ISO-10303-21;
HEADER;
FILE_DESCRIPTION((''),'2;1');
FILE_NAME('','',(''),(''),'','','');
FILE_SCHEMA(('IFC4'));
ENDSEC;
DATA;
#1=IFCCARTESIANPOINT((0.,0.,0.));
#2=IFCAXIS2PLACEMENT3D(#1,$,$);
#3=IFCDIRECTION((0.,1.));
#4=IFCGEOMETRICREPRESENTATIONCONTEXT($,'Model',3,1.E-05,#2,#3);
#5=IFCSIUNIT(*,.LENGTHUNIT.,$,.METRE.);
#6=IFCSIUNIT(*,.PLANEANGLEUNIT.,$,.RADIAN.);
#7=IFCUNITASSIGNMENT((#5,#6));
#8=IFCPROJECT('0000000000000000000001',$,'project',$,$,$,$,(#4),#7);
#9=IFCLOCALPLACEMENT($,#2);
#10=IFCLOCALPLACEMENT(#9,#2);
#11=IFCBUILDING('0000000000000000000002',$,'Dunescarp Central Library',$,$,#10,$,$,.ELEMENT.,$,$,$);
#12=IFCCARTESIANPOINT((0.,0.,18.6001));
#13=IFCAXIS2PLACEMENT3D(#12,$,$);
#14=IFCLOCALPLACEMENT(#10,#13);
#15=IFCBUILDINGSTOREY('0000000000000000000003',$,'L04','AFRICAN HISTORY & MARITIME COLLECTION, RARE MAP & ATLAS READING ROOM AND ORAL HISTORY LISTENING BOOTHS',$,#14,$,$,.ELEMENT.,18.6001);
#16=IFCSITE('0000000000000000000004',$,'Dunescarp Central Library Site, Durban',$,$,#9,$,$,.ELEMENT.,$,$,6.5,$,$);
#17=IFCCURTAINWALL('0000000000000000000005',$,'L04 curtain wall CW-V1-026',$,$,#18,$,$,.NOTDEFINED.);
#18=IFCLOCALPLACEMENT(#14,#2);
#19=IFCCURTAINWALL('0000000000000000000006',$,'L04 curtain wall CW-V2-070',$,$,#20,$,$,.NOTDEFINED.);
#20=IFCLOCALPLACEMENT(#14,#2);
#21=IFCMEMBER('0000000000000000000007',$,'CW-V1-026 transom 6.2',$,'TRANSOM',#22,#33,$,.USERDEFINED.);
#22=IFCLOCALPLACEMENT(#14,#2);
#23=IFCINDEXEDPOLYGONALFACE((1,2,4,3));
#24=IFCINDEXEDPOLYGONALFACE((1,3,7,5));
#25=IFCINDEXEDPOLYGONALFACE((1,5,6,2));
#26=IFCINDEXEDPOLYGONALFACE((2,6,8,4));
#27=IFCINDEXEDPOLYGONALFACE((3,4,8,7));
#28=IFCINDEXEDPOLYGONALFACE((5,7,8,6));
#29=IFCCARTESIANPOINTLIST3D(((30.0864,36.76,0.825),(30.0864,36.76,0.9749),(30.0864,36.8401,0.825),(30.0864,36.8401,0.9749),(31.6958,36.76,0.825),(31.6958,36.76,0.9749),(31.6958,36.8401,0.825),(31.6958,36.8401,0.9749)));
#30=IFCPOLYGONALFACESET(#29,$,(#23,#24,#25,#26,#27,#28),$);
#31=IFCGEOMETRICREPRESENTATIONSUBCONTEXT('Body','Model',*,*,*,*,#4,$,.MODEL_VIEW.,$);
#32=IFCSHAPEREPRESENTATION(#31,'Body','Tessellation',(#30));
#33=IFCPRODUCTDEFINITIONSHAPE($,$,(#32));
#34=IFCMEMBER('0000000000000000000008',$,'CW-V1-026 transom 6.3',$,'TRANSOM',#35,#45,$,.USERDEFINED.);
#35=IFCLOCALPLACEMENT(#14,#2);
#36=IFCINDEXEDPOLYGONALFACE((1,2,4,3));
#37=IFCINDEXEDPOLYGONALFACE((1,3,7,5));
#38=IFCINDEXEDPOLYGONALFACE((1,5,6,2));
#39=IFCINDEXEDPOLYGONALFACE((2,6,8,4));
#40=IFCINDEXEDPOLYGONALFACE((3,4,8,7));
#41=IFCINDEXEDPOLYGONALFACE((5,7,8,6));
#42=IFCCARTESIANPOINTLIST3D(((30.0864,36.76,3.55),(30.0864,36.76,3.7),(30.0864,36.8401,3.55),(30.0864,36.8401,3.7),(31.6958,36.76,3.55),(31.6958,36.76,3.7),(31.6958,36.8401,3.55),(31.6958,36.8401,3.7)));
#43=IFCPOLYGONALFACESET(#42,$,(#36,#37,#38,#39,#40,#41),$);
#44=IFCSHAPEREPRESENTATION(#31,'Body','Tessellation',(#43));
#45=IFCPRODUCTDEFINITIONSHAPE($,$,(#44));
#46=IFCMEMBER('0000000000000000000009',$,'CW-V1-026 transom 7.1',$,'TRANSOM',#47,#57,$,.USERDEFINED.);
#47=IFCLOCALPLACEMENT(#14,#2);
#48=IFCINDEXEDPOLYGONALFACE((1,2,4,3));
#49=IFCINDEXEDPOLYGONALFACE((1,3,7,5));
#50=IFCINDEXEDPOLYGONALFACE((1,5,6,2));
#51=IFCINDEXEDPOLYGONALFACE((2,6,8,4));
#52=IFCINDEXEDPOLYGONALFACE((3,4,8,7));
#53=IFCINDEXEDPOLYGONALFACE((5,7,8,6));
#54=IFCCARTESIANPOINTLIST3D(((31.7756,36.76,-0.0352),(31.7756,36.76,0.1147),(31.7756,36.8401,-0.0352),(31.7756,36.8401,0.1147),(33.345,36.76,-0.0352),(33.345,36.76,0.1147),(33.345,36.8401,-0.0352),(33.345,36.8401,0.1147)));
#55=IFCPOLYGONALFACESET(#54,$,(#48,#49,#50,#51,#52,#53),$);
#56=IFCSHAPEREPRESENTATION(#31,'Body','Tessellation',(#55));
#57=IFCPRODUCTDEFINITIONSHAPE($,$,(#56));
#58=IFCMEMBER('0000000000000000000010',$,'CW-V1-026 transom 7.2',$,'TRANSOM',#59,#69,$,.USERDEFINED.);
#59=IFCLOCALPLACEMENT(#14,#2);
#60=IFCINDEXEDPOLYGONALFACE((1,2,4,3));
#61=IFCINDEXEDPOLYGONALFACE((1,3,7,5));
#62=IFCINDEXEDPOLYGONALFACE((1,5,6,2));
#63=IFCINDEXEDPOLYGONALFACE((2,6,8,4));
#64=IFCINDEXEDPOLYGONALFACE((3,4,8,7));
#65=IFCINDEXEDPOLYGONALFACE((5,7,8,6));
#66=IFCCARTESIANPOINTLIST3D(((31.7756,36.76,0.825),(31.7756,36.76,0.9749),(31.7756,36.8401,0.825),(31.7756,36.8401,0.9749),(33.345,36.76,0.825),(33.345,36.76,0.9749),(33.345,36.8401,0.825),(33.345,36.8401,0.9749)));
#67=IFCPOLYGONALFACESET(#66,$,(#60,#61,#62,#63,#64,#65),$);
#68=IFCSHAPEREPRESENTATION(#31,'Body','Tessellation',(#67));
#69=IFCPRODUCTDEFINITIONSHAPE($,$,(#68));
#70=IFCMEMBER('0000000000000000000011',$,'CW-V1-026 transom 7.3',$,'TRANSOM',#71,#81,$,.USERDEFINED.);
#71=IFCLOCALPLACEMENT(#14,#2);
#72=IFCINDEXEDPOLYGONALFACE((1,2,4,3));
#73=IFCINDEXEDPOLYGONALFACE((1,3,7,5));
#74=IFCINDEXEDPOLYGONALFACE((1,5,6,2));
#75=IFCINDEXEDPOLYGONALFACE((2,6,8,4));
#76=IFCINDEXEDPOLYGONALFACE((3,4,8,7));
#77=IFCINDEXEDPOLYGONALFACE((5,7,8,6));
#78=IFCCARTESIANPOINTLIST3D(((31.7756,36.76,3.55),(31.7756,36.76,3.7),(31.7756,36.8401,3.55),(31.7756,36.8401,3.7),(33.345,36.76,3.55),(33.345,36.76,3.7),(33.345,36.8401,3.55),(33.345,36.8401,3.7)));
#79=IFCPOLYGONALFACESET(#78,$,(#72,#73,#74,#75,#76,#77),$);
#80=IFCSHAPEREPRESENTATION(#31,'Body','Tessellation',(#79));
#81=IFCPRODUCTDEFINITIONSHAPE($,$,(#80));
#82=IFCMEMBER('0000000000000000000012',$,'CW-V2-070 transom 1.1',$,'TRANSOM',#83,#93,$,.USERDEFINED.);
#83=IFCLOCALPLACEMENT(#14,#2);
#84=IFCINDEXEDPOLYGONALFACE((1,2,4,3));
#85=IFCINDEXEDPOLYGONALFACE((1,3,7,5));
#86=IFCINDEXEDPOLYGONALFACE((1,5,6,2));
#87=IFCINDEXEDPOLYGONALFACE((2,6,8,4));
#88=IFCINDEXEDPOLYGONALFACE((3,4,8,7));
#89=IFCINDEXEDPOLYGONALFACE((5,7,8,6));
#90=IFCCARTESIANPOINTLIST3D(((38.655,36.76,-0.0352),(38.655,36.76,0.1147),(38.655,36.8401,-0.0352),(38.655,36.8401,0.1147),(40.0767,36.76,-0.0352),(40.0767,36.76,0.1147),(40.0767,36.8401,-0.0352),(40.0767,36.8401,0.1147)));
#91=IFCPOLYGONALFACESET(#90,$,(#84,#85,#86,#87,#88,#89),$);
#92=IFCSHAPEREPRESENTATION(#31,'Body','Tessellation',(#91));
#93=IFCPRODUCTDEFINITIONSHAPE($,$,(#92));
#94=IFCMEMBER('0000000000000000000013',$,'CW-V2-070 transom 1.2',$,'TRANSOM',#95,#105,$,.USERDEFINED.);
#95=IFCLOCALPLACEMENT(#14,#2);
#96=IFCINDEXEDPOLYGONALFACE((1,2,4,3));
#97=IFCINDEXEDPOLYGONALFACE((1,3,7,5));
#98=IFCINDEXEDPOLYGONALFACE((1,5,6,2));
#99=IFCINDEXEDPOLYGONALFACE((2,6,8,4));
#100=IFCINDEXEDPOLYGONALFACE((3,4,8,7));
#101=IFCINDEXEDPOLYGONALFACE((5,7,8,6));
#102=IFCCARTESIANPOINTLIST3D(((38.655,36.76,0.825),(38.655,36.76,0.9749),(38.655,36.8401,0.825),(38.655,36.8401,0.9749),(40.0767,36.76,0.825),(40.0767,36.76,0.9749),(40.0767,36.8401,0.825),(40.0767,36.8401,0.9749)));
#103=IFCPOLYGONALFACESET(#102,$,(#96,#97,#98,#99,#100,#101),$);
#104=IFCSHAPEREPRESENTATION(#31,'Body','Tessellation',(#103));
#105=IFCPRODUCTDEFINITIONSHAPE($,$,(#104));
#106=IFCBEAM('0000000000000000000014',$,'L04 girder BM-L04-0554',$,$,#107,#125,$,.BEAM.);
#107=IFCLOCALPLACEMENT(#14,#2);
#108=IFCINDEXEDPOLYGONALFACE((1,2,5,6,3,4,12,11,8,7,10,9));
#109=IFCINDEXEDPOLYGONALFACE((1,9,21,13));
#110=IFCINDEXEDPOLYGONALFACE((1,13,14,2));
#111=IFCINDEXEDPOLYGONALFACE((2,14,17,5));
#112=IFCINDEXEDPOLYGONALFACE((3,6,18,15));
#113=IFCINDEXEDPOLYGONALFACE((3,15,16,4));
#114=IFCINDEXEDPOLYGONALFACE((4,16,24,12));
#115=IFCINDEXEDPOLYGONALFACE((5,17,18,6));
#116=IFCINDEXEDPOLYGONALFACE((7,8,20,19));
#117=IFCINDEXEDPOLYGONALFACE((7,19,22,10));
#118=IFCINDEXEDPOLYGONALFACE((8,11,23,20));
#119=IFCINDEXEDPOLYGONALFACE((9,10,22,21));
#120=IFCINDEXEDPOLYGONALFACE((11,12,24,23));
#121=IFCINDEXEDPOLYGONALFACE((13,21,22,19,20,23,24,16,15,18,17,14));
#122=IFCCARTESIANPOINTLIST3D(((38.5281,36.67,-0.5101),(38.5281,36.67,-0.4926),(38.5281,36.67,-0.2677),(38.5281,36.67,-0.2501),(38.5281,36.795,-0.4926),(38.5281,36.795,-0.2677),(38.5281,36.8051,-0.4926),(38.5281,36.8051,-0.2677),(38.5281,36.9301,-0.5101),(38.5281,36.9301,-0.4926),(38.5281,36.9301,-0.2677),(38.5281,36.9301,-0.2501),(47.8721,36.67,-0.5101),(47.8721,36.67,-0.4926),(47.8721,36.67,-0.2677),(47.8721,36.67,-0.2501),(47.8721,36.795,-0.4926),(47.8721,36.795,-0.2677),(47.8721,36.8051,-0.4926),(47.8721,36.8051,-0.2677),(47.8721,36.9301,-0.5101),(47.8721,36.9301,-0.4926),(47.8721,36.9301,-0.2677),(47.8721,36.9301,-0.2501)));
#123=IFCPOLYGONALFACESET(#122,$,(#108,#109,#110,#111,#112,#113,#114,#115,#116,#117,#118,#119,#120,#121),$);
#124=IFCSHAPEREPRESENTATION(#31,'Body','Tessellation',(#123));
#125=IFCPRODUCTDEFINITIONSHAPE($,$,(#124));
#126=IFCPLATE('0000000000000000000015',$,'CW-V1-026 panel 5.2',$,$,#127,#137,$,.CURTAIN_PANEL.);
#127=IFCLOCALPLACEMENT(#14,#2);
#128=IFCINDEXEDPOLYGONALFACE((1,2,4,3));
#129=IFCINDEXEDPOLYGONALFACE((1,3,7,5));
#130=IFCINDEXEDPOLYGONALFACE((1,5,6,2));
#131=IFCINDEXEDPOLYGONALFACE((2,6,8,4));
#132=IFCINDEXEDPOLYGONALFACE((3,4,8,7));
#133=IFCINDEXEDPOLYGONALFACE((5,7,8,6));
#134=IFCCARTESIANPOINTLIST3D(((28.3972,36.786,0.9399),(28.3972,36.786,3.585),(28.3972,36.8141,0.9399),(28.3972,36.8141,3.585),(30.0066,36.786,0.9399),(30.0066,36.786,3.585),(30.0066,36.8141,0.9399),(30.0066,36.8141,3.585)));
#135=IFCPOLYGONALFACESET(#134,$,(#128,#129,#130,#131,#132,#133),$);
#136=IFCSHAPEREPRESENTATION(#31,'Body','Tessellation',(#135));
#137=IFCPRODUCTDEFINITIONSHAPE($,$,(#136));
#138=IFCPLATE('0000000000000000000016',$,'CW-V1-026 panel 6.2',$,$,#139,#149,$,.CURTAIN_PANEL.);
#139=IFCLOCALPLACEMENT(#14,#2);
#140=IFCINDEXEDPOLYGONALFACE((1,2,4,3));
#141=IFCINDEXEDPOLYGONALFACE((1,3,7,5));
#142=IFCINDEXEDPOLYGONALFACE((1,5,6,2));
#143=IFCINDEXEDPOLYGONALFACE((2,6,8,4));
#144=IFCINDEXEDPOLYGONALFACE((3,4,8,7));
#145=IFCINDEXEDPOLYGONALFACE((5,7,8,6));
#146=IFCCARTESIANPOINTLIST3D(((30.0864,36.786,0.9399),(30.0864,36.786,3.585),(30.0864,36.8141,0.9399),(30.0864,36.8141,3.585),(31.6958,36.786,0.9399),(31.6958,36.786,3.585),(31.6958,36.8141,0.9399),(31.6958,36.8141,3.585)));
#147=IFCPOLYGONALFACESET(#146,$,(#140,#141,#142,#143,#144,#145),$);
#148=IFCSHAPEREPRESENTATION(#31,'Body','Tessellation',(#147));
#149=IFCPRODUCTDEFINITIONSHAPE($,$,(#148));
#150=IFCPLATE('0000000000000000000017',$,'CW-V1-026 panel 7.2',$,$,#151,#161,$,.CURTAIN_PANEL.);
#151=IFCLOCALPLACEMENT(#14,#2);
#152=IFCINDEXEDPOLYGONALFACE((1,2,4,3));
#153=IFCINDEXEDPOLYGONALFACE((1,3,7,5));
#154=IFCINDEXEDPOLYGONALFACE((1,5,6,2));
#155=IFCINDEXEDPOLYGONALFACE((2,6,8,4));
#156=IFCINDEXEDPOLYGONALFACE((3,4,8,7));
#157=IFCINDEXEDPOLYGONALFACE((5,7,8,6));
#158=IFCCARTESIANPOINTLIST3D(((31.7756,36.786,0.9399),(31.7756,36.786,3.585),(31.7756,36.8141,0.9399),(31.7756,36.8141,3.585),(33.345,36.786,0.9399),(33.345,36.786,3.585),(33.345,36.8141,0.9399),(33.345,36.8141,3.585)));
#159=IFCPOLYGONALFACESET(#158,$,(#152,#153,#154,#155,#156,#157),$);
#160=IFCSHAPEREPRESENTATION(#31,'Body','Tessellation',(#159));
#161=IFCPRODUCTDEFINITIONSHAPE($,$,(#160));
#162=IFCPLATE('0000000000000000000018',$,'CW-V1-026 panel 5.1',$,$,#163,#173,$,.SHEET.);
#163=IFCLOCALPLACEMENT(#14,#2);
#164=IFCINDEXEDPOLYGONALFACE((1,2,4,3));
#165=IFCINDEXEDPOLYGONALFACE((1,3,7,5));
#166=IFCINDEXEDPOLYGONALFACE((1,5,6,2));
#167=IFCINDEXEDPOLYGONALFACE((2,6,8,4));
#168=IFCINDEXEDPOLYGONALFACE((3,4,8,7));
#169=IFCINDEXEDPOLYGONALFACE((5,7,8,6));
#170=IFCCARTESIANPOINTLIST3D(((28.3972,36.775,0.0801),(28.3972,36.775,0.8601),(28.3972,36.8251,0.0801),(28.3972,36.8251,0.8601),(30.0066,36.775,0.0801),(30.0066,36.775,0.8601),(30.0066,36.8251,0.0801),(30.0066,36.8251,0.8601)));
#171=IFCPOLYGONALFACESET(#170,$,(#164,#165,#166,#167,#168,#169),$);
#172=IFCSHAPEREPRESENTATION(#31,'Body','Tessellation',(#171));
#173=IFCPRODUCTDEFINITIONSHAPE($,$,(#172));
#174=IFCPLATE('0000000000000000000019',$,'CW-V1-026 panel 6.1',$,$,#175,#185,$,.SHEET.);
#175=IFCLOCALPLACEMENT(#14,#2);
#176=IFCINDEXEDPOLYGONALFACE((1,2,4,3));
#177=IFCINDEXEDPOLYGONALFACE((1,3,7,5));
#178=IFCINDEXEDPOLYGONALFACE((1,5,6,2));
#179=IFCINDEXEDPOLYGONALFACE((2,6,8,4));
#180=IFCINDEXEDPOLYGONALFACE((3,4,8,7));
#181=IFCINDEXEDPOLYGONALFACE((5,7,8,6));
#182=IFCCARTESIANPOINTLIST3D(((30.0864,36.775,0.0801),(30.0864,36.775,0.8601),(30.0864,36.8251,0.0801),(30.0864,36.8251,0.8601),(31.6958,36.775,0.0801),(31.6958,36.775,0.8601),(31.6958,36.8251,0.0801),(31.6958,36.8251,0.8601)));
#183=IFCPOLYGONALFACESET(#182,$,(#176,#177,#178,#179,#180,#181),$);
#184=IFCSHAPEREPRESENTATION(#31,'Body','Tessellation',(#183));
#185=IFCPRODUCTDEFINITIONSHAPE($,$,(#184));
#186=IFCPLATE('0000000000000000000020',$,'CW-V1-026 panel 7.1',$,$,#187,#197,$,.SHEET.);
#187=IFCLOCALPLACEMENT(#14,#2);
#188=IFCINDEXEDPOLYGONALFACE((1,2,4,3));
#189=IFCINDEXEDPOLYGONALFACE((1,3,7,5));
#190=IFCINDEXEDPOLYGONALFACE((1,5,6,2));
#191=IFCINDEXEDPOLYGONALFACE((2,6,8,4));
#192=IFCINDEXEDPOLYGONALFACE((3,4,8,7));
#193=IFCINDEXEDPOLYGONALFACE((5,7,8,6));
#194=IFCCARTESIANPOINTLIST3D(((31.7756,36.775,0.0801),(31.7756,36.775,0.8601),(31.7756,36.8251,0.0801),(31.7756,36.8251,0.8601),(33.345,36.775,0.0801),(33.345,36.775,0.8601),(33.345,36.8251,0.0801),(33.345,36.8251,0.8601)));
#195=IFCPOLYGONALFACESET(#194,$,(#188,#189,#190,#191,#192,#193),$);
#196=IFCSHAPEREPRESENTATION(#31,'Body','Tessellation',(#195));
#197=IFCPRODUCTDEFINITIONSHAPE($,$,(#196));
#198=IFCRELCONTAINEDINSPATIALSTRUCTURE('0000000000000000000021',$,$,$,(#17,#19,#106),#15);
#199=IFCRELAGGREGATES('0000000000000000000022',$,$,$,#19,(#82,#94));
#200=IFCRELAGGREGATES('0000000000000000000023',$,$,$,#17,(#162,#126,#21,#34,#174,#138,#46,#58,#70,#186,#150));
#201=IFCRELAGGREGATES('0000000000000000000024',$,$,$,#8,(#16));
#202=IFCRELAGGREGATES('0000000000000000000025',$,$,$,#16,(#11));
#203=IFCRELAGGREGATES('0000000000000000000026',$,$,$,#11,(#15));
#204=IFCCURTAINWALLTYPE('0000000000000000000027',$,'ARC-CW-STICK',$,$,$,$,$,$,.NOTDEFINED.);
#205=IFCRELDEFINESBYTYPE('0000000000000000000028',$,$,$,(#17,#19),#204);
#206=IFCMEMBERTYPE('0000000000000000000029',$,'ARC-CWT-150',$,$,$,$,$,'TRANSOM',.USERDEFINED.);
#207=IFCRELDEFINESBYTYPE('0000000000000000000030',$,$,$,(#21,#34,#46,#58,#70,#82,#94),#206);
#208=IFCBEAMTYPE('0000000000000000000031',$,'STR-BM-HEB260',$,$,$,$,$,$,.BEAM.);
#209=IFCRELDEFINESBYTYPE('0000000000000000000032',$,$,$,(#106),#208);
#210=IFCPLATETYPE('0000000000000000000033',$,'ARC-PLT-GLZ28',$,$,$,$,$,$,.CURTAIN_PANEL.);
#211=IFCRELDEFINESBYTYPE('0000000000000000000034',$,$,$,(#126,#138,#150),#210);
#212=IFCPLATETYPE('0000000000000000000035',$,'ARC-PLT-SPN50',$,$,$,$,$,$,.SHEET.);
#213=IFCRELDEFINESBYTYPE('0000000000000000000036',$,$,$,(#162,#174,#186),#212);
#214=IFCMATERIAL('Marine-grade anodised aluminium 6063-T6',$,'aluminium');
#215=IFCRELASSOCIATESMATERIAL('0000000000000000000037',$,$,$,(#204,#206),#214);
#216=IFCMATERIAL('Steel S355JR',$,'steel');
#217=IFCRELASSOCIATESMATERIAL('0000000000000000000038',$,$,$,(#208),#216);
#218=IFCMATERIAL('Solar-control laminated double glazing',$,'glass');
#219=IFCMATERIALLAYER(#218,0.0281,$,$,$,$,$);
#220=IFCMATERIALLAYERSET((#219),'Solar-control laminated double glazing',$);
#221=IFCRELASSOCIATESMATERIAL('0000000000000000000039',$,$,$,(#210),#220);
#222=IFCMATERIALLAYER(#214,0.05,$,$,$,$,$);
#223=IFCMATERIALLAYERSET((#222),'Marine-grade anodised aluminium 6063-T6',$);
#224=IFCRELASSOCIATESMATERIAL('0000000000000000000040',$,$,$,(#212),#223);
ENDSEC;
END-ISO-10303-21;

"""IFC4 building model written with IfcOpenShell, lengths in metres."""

from ifc_helpers import new_model, si_unit, direction, frame, origin, origin_2d, place, context, subcontext, project, spatial, rectangle, i_section, extrude, material, layer, layer_set, material_profile, profile_set, type_object, element, aggregate, save


model = new_model("IFC4")

# Units and contexts
model_context = context("Model", 3, precision=1e-05, world=origin(), true_north=direction((0.0, 1.0)))
body_context = subcontext(model_context, "Body", "Model", "MODEL_VIEW")
ifc_project = project(units=[si_unit("LENGTHUNIT", "METRE"), si_unit("PLANEANGLEUNIT", "RADIAN")], contexts=[model_context])

# Site, building, storey
site_placement = place(None, origin())
site = spatial("IfcSite", under=ifc_project, at=site_placement, Name="Dunescarp Central Library Site, Durban", CompositionType="ELEMENT", RefElevation=6.5)
building_placement = place(site_placement, origin())
building = spatial("IfcBuilding", under=site, at=building_placement, Name="Dunescarp Central Library", CompositionType="ELEMENT")
storey_placement = place(building_placement, frame((0.0, 0.0, 18.6001)))
storey = spatial("IfcBuildingStorey", under=building, at=storey_placement, Name="L04", Description="AFRICAN HISTORY & MARITIME COLLECTION, RARE MAP & ATLAS READING ROOM AND ORAL HISTORY LISTENING BOOTHS", CompositionType="ELEMENT", Elevation=18.6001)

# Shared definitions
ifc_material_1 = material(Name="Steel S355JR", Category="steel")

# Curtain wall
ifc_material_2 = material(Name="Marine-grade anodised aluminium 6063-T6", Category="aluminium")
curtain_wall_type = type_object("IfcCurtainWallType", Name="ARC-CW-STICK", PredefinedType="NOTDEFINED", material=ifc_material_2)
curtain_wall_1_placement = place(storey_placement, origin())
curtain_wall_1 = element("IfcCurtainWall", 1, at=curtain_wall_1_placement, inside=storey, type_object=curtain_wall_type, Name="L04 curtain wall CW-V1-026", PredefinedType="NOTDEFINED")

# Curtain wall
curtain_wall_2_placement = place(storey_placement, origin())
curtain_wall_2 = element("IfcCurtainWall", 2, at=curtain_wall_2_placement, inside=storey, type_object=curtain_wall_type, Name="L04 curtain wall CW-V2-070", PredefinedType="NOTDEFINED")

# Members
ifc_material_profile_1 = material_profile(ifc_material_2, rectangle(XDim=0.0801, YDim=0.1499, at=origin_2d()), Name="AL 80x150")
ifc_profile_set_1 = profile_set([ifc_material_profile_1], Name="Marine-grade anodised aluminium 6063-T6")
member_type_1 = type_object("IfcMemberType", Name="ARC-CWT-150", ElementType="TRANSOM", PredefinedType="USERDEFINED", material=ifc_profile_set_1)
member_1_placement = place(storey_placement, frame((30.0864, 36.8, 0.8999), z_axis=(1.0, 0.0, 0.0), x_axis=(0.0, 1.0, 0.0)))
member_1 = element("IfcMember", 3, at=member_1_placement, type_object=member_type_1, Name="CW-V1-026 transom 6.2", ObjectType="TRANSOM", PredefinedType="USERDEFINED", context=body_context, shape_type="SweptSolid", body=[
    extrude(rectangle(XDim=0.0801, YDim=0.1499, at=origin_2d()), origin(), (0.0, 0.0, 1.0), 1.6094),
])
member_2_placement = place(storey_placement, frame((30.0864, 36.8, 3.625), z_axis=(1.0, 0.0, 0.0), x_axis=(0.0, 1.0, 0.0)))
member_2 = element("IfcMember", 4, at=member_2_placement, type_object=member_type_1, Name="CW-V1-026 transom 6.3", ObjectType="TRANSOM", PredefinedType="USERDEFINED", context=body_context, shape_type="SweptSolid", body=[
    extrude(rectangle(XDim=0.0801, YDim=0.1499, at=origin_2d()), origin(), (0.0, 0.0, 1.0), 1.6094),
])
member_3_placement = place(storey_placement, frame((31.7756, 36.8, 0.0398), z_axis=(1.0, 0.0, 0.0), x_axis=(0.0, 1.0, 0.0)))
member_3 = element("IfcMember", 5, at=member_3_placement, type_object=member_type_1, Name="CW-V1-026 transom 7.1", ObjectType="TRANSOM", PredefinedType="USERDEFINED", context=body_context, shape_type="SweptSolid", body=[
    extrude(rectangle(XDim=0.0801, YDim=0.1499, at=origin_2d()), origin(), (0.0, 0.0, 1.0), 1.5693),
])
member_4_placement = place(storey_placement, frame((31.7756, 36.8, 0.8999), z_axis=(1.0, 0.0, 0.0), x_axis=(0.0, 1.0, 0.0)))
member_4 = element("IfcMember", 6, at=member_4_placement, type_object=member_type_1, Name="CW-V1-026 transom 7.2", ObjectType="TRANSOM", PredefinedType="USERDEFINED", context=body_context, shape_type="SweptSolid", body=[
    extrude(rectangle(XDim=0.0801, YDim=0.1499, at=origin_2d()), origin(), (0.0, 0.0, 1.0), 1.5693),
])
member_5_placement = place(storey_placement, frame((31.7756, 36.8, 3.625), z_axis=(1.0, 0.0, 0.0), x_axis=(0.0, 1.0, 0.0)))
member_5 = element("IfcMember", 7, at=member_5_placement, type_object=member_type_1, Name="CW-V1-026 transom 7.3", ObjectType="TRANSOM", PredefinedType="USERDEFINED", context=body_context, shape_type="SweptSolid", body=[
    extrude(rectangle(XDim=0.0801, YDim=0.1499, at=origin_2d()), origin(), (0.0, 0.0, 1.0), 1.5693),
])
member_6_placement = place(storey_placement, frame((38.655, 36.8, 0.0398), z_axis=(1.0, 0.0, 0.0), x_axis=(0.0, 1.0, 0.0)))
member_6 = element("IfcMember", 8, at=member_6_placement, type_object=member_type_1, Name="CW-V2-070 transom 1.1", ObjectType="TRANSOM", PredefinedType="USERDEFINED", context=body_context, shape_type="SweptSolid", body=[
    extrude(rectangle(XDim=0.0801, YDim=0.1499, at=origin_2d()), origin(), (0.0, 0.0, 1.0), 1.4216),
])
member_7_placement = place(storey_placement, frame((38.655, 36.8, 0.8999), z_axis=(1.0, 0.0, 0.0), x_axis=(0.0, 1.0, 0.0)))
member_7 = element("IfcMember", 9, at=member_7_placement, type_object=member_type_1, Name="CW-V2-070 transom 1.2", ObjectType="TRANSOM", PredefinedType="USERDEFINED", context=body_context, shape_type="SweptSolid", body=[
    extrude(rectangle(XDim=0.0801, YDim=0.1499, at=origin_2d()), origin(), (0.0, 0.0, 1.0), 1.4216),
])
aggregate(curtain_wall_2, [member_6, member_7])

# Beam
ifc_material_profile_2 = material_profile(ifc_material_1, i_section(OverallWidth=0.26, OverallDepth=0.26, WebThickness=0.01, FlangeThickness=0.0176, at=origin_2d()), Name="HEB 260")
ifc_profile_set_2 = profile_set([ifc_material_profile_2], Name="Steel S355JR")
beam_type = type_object("IfcBeamType", Name="STR-BM-HEB260", PredefinedType="BEAM", material=ifc_profile_set_2)
beam_placement = place(storey_placement, frame((38.5281, 36.8, -0.3801), z_axis=(1.0, 0.0, 0.0), x_axis=(0.0, 1.0, 0.0)))
element("IfcBeam", 10, at=beam_placement, inside=storey, type_object=beam_type, Name="L04 girder BM-L04-0554", PredefinedType="BEAM", context=body_context, shape_type="SweptSolid", body=[
    extrude(i_section(OverallWidth=0.26, OverallDepth=0.26, WebThickness=0.01, FlangeThickness=0.0176, at=origin_2d()), origin(), (0.0, 0.0, 1.0), 9.344),
])

# Plates
ifc_material_3 = material(Name="Solar-control laminated double glazing", Category="glass")
ifc_layer_1 = layer(ifc_material_3, 0.0281)
ifc_layer_set_1 = layer_set([ifc_layer_1], Name="Solar-control laminated double glazing")
plate_type_1 = type_object("IfcPlateType", Name="ARC-PLT-GLZ28", PredefinedType="CURTAIN_PANEL", material=ifc_layer_set_1)
plate_1_placement = place(storey_placement, frame((29.2019, 36.8, 0.9399), z_axis=(0.0, 0.0, 1.0), x_axis=(1.0, 0.0, 0.0)))
plate_1 = element("IfcPlate", 11, at=plate_1_placement, type_object=plate_type_1, Name="CW-V1-026 panel 5.2", PredefinedType="CURTAIN_PANEL", context=body_context, shape_type="SweptSolid", body=[
    extrude(rectangle(XDim=1.6094, YDim=0.0281, at=origin_2d()), origin(), (0.0, 0.0, 1.0), 2.645),
])
plate_2_placement = place(storey_placement, frame((30.8911, 36.8, 0.9399), z_axis=(0.0, 0.0, 1.0), x_axis=(1.0, 0.0, 0.0)))
plate_2 = element("IfcPlate", 12, at=plate_2_placement, type_object=plate_type_1, Name="CW-V1-026 panel 6.2", PredefinedType="CURTAIN_PANEL", context=body_context, shape_type="SweptSolid", body=[
    extrude(rectangle(XDim=1.6094, YDim=0.0281, at=origin_2d()), origin(), (0.0, 0.0, 1.0), 2.645),
])
plate_3_placement = place(storey_placement, frame((32.5603, 36.8, 0.9399), z_axis=(0.0, 0.0, 1.0), x_axis=(1.0, 0.0, 0.0)))
plate_3 = element("IfcPlate", 13, at=plate_3_placement, type_object=plate_type_1, Name="CW-V1-026 panel 7.2", PredefinedType="CURTAIN_PANEL", context=body_context, shape_type="SweptSolid", body=[
    extrude(rectangle(XDim=1.5693, YDim=0.0281, at=origin_2d()), origin(), (0.0, 0.0, 1.0), 2.645),
])
ifc_layer_2 = layer(ifc_material_2, 0.05)
ifc_layer_set_2 = layer_set([ifc_layer_2], Name="Marine-grade anodised aluminium 6063-T6")
plate_type_2 = type_object("IfcPlateType", Name="ARC-PLT-SPN50", PredefinedType="SHEET", material=ifc_layer_set_2)
plate_4_placement = place(storey_placement, frame((29.2019, 36.8, 0.0801), z_axis=(0.0, 0.0, 1.0), x_axis=(1.0, 0.0, 0.0)))
plate_4 = element("IfcPlate", 14, at=plate_4_placement, type_object=plate_type_2, Name="CW-V1-026 panel 5.1", PredefinedType="SHEET", context=body_context, shape_type="SweptSolid", body=[
    extrude(rectangle(XDim=1.6094, YDim=0.05, at=origin_2d()), origin(), (0.0, 0.0, 1.0), 0.78),
])
plate_5_placement = place(storey_placement, frame((30.8911, 36.8, 0.0801), z_axis=(0.0, 0.0, 1.0), x_axis=(1.0, 0.0, 0.0)))
plate_5 = element("IfcPlate", 15, at=plate_5_placement, type_object=plate_type_2, Name="CW-V1-026 panel 6.1", PredefinedType="SHEET", context=body_context, shape_type="SweptSolid", body=[
    extrude(rectangle(XDim=1.6094, YDim=0.05, at=origin_2d()), origin(), (0.0, 0.0, 1.0), 0.78),
])
plate_6_placement = place(storey_placement, frame((32.5603, 36.8, 0.0801), z_axis=(0.0, 0.0, 1.0), x_axis=(1.0, 0.0, 0.0)))
plate_6 = element("IfcPlate", 16, at=plate_6_placement, type_object=plate_type_2, Name="CW-V1-026 panel 7.1", PredefinedType="SHEET", context=body_context, shape_type="SweptSolid", body=[
    extrude(rectangle(XDim=1.5693, YDim=0.05, at=origin_2d()), origin(), (0.0, 0.0, 1.0), 0.78),
])
aggregate(curtain_wall_1, [plate_4, plate_1, member_1, member_2, plate_5, plate_2, member_3, member_4, member_5, plate_6, plate_3])

save(model, "model.ifc")
